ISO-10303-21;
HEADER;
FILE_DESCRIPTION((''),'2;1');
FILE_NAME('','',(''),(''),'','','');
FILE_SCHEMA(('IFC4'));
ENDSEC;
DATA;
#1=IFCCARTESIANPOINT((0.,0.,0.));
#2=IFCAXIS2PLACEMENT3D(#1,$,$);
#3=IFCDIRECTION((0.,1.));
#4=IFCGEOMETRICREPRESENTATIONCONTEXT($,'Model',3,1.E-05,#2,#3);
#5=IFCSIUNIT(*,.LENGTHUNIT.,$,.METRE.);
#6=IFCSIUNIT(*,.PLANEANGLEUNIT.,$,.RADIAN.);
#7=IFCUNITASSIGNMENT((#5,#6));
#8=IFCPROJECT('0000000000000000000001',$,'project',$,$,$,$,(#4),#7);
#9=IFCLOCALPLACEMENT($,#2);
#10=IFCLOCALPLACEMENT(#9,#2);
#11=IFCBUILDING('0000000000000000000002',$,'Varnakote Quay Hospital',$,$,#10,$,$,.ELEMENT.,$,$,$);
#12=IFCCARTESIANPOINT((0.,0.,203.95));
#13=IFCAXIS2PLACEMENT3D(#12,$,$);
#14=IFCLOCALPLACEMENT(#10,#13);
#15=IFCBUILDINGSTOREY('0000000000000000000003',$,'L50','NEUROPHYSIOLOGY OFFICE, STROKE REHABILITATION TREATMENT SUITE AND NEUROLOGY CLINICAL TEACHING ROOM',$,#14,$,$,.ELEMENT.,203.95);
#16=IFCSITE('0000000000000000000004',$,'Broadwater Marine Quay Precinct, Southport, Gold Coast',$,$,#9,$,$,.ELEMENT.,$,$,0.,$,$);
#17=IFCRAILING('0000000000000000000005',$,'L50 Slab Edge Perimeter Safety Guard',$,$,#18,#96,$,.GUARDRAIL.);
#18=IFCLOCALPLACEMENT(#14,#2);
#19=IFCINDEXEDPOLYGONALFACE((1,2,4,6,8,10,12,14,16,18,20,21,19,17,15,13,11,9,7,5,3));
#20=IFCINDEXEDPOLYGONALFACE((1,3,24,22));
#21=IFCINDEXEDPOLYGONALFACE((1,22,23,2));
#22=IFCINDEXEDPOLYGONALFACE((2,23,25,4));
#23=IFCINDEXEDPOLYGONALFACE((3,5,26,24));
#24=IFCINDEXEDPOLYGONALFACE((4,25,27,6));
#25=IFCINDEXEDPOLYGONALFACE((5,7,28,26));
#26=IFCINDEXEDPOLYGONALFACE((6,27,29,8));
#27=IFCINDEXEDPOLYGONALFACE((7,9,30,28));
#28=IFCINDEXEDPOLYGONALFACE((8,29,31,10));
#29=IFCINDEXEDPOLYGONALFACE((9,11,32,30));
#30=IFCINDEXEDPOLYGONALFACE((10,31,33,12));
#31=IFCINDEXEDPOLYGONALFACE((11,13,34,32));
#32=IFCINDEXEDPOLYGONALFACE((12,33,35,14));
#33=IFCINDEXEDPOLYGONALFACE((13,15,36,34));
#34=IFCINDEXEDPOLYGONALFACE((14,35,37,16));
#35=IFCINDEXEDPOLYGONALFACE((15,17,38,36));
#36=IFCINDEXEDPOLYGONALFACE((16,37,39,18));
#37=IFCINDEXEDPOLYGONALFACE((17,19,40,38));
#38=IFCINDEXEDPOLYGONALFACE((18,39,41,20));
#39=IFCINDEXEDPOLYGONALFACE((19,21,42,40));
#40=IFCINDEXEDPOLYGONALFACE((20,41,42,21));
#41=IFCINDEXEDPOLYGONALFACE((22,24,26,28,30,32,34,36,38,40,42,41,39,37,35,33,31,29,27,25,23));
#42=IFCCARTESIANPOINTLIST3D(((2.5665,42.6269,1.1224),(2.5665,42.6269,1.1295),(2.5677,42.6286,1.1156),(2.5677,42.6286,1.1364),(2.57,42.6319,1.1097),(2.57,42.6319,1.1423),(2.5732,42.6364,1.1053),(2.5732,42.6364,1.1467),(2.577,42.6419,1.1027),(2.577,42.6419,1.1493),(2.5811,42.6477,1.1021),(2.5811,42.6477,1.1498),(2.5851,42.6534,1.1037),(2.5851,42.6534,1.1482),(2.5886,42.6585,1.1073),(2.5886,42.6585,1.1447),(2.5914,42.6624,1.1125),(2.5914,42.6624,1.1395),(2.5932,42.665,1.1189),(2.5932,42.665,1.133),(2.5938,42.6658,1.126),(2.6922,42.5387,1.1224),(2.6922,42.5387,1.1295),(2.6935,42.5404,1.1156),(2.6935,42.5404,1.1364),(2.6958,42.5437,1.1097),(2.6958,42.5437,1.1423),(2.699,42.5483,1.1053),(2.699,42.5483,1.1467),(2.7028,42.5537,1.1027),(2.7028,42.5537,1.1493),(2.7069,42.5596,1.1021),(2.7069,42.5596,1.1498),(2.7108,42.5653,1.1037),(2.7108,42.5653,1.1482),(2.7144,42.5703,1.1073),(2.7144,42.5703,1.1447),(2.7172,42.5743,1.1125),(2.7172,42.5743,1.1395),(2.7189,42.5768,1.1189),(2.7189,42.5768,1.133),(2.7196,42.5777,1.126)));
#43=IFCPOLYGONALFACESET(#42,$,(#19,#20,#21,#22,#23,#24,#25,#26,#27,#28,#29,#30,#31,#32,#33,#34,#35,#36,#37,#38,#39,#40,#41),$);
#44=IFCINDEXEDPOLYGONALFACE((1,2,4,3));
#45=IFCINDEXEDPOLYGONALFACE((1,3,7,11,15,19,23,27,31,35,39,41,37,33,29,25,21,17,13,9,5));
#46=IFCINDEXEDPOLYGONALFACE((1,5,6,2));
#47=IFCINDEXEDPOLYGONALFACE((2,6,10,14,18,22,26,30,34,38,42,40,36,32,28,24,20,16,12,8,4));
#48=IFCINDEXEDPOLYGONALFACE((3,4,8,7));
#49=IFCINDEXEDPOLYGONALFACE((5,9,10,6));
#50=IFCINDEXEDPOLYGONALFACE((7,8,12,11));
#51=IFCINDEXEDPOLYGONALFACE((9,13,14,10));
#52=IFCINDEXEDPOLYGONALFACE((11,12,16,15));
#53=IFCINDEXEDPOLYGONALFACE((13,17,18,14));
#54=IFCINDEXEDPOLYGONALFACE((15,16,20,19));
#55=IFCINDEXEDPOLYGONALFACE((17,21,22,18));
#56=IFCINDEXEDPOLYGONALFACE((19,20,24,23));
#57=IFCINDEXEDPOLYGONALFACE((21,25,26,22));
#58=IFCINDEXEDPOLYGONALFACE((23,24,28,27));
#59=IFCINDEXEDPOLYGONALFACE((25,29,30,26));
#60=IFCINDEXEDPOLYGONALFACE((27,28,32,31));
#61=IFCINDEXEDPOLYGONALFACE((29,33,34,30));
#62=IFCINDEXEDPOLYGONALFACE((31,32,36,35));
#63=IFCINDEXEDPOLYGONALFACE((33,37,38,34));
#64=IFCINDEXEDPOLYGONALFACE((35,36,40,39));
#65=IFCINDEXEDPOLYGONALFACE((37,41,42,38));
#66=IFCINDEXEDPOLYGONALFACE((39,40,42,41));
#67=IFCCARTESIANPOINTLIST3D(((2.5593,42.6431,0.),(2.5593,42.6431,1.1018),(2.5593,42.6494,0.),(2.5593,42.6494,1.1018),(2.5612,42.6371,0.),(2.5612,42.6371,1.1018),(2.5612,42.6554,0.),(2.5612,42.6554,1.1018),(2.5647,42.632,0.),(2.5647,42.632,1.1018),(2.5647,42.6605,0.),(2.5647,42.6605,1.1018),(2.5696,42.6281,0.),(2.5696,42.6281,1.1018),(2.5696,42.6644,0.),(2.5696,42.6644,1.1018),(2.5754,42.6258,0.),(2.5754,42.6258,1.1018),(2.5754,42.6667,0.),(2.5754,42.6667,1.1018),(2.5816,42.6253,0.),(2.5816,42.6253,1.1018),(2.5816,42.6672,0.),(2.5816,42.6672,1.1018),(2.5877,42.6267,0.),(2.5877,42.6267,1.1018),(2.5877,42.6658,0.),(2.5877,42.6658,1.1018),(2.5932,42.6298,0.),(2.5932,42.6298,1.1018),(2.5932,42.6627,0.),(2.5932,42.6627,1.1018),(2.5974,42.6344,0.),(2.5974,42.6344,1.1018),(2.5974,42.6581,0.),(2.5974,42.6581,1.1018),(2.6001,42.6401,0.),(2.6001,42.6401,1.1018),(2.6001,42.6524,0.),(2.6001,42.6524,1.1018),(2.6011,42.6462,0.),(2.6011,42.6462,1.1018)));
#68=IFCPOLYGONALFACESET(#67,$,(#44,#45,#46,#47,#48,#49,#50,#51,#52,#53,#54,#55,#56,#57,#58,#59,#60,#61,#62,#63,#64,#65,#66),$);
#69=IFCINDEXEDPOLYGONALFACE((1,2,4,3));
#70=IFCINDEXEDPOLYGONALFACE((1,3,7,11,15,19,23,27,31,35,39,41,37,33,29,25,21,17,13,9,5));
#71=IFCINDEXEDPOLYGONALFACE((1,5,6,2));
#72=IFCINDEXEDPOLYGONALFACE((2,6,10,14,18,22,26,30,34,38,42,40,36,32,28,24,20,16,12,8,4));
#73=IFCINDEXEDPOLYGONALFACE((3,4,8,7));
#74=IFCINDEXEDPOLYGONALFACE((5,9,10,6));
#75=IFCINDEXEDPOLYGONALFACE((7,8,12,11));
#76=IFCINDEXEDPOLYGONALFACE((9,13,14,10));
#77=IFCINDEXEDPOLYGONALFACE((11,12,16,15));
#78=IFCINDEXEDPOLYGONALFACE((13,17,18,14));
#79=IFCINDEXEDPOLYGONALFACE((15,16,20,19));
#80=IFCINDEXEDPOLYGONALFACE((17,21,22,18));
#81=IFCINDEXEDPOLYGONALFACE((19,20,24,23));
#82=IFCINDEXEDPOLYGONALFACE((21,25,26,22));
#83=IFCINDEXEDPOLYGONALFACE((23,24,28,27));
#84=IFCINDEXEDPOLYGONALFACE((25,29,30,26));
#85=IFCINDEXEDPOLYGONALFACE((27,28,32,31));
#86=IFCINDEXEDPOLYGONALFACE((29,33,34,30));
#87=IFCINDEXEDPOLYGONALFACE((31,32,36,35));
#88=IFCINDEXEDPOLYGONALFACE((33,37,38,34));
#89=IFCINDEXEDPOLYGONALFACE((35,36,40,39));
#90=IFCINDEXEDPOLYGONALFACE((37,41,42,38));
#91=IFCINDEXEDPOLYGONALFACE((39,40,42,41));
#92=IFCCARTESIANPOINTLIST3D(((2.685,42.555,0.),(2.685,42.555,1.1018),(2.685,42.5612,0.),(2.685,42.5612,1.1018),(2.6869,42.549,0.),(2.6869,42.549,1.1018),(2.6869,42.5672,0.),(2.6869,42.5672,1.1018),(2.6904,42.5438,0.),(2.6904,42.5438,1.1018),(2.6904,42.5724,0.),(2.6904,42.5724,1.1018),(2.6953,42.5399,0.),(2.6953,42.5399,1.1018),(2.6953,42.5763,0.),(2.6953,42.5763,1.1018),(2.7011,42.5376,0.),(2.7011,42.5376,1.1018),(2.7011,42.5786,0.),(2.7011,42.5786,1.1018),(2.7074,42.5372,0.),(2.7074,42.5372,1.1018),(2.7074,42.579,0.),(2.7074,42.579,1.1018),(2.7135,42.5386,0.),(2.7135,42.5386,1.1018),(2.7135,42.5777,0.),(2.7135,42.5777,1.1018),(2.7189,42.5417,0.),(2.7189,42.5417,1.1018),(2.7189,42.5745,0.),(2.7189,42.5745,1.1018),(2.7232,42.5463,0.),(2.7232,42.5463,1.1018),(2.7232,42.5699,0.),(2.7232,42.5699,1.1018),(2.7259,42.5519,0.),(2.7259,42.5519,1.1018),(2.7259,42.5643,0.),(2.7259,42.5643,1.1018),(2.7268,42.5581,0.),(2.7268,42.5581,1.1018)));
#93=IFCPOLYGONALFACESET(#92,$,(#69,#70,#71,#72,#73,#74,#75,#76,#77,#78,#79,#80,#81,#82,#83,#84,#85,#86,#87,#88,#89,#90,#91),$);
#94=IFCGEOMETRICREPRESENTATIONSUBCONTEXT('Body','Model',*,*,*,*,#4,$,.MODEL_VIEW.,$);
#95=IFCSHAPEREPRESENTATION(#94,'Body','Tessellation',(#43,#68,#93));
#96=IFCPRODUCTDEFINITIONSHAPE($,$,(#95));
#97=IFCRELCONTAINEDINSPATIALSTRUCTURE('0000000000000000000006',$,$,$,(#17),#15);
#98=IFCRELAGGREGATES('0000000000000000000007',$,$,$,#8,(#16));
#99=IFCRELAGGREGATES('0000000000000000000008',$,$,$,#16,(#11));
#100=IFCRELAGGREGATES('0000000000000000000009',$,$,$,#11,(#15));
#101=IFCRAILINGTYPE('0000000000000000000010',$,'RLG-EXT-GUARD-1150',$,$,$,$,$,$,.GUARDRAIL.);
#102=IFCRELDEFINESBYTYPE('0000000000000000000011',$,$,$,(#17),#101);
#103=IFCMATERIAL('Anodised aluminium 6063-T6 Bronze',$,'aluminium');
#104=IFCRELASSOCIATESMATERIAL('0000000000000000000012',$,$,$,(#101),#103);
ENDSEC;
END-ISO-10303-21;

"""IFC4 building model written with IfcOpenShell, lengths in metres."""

from ifc_helpers import new_model, si_unit, direction, frame, origin, origin_2d, place, context, subcontext, project, spatial, circle, extrude, material, type_object, element, save


model = new_model("IFC4")

# Units and contexts
model_context = context("Model", 3, precision=1e-05, world=origin(), true_north=direction((0.0, 1.0)))
body_context = subcontext(model_context, "Body", "Model", "MODEL_VIEW")
ifc_project = project(units=[si_unit("LENGTHUNIT", "METRE"), si_unit("PLANEANGLEUNIT", "RADIAN")], contexts=[model_context])

# Site, building, storey
site_placement = place(None, origin())
site = spatial("IfcSite", under=ifc_project, at=site_placement, Name="Broadwater Marine Quay Precinct, Southport, Gold Coast", CompositionType="ELEMENT", RefElevation=0.0)
building_placement = place(site_placement, origin())
building = spatial("IfcBuilding", under=site, at=building_placement, Name="Varnakote Quay Hospital", CompositionType="ELEMENT")
storey_placement = place(building_placement, frame((0.0, 0.0, 203.95)))
storey = spatial("IfcBuildingStorey", under=building, at=storey_placement, Name="L50", Description="NEUROPHYSIOLOGY OFFICE, STROKE REHABILITATION TREATMENT SUITE AND NEUROLOGY CLINICAL TEACHING ROOM", CompositionType="ELEMENT", Elevation=203.95)

# Railing
ifc_material_1 = material(Name="Anodised aluminium 6063-T6 Bronze", Category="aluminium")
railing_type = type_object("IfcRailingType", Name="RLG-EXT-GUARD-1150", PredefinedType="GUARDRAIL", material=ifc_material_1)
railing_1_placement = place(storey_placement, frame((2.5801, 42.6462, 0.0)))
element("IfcRailing", 1, at=railing_1_placement, inside=storey, type_object=railing_type, Name="L50 Slab Edge Perimeter Safety Guard", PredefinedType="GUARDRAIL", context=body_context, shape_type="SweptSolid", body=[
    extrude(circle(Radius=0.0239, at=origin_2d()), frame((0.0, 0.0, 1.126), z_axis=(0.818858, -0.573996, 0.0), x_axis=(0.573996, 0.818858, 0.0)), (0.0, 0.0, 1.0), 0.1536),
    extrude(circle(Radius=0.021, at=origin_2d()), origin(), (0.0, 0.0, 1.0), 1.1018),
    extrude(circle(Radius=0.021, at=origin_2d()), frame((0.1257, -0.0881, 0.0)), (0.0, 0.0, 1.0), 1.1018),
])

save(model, "model.ifc")
